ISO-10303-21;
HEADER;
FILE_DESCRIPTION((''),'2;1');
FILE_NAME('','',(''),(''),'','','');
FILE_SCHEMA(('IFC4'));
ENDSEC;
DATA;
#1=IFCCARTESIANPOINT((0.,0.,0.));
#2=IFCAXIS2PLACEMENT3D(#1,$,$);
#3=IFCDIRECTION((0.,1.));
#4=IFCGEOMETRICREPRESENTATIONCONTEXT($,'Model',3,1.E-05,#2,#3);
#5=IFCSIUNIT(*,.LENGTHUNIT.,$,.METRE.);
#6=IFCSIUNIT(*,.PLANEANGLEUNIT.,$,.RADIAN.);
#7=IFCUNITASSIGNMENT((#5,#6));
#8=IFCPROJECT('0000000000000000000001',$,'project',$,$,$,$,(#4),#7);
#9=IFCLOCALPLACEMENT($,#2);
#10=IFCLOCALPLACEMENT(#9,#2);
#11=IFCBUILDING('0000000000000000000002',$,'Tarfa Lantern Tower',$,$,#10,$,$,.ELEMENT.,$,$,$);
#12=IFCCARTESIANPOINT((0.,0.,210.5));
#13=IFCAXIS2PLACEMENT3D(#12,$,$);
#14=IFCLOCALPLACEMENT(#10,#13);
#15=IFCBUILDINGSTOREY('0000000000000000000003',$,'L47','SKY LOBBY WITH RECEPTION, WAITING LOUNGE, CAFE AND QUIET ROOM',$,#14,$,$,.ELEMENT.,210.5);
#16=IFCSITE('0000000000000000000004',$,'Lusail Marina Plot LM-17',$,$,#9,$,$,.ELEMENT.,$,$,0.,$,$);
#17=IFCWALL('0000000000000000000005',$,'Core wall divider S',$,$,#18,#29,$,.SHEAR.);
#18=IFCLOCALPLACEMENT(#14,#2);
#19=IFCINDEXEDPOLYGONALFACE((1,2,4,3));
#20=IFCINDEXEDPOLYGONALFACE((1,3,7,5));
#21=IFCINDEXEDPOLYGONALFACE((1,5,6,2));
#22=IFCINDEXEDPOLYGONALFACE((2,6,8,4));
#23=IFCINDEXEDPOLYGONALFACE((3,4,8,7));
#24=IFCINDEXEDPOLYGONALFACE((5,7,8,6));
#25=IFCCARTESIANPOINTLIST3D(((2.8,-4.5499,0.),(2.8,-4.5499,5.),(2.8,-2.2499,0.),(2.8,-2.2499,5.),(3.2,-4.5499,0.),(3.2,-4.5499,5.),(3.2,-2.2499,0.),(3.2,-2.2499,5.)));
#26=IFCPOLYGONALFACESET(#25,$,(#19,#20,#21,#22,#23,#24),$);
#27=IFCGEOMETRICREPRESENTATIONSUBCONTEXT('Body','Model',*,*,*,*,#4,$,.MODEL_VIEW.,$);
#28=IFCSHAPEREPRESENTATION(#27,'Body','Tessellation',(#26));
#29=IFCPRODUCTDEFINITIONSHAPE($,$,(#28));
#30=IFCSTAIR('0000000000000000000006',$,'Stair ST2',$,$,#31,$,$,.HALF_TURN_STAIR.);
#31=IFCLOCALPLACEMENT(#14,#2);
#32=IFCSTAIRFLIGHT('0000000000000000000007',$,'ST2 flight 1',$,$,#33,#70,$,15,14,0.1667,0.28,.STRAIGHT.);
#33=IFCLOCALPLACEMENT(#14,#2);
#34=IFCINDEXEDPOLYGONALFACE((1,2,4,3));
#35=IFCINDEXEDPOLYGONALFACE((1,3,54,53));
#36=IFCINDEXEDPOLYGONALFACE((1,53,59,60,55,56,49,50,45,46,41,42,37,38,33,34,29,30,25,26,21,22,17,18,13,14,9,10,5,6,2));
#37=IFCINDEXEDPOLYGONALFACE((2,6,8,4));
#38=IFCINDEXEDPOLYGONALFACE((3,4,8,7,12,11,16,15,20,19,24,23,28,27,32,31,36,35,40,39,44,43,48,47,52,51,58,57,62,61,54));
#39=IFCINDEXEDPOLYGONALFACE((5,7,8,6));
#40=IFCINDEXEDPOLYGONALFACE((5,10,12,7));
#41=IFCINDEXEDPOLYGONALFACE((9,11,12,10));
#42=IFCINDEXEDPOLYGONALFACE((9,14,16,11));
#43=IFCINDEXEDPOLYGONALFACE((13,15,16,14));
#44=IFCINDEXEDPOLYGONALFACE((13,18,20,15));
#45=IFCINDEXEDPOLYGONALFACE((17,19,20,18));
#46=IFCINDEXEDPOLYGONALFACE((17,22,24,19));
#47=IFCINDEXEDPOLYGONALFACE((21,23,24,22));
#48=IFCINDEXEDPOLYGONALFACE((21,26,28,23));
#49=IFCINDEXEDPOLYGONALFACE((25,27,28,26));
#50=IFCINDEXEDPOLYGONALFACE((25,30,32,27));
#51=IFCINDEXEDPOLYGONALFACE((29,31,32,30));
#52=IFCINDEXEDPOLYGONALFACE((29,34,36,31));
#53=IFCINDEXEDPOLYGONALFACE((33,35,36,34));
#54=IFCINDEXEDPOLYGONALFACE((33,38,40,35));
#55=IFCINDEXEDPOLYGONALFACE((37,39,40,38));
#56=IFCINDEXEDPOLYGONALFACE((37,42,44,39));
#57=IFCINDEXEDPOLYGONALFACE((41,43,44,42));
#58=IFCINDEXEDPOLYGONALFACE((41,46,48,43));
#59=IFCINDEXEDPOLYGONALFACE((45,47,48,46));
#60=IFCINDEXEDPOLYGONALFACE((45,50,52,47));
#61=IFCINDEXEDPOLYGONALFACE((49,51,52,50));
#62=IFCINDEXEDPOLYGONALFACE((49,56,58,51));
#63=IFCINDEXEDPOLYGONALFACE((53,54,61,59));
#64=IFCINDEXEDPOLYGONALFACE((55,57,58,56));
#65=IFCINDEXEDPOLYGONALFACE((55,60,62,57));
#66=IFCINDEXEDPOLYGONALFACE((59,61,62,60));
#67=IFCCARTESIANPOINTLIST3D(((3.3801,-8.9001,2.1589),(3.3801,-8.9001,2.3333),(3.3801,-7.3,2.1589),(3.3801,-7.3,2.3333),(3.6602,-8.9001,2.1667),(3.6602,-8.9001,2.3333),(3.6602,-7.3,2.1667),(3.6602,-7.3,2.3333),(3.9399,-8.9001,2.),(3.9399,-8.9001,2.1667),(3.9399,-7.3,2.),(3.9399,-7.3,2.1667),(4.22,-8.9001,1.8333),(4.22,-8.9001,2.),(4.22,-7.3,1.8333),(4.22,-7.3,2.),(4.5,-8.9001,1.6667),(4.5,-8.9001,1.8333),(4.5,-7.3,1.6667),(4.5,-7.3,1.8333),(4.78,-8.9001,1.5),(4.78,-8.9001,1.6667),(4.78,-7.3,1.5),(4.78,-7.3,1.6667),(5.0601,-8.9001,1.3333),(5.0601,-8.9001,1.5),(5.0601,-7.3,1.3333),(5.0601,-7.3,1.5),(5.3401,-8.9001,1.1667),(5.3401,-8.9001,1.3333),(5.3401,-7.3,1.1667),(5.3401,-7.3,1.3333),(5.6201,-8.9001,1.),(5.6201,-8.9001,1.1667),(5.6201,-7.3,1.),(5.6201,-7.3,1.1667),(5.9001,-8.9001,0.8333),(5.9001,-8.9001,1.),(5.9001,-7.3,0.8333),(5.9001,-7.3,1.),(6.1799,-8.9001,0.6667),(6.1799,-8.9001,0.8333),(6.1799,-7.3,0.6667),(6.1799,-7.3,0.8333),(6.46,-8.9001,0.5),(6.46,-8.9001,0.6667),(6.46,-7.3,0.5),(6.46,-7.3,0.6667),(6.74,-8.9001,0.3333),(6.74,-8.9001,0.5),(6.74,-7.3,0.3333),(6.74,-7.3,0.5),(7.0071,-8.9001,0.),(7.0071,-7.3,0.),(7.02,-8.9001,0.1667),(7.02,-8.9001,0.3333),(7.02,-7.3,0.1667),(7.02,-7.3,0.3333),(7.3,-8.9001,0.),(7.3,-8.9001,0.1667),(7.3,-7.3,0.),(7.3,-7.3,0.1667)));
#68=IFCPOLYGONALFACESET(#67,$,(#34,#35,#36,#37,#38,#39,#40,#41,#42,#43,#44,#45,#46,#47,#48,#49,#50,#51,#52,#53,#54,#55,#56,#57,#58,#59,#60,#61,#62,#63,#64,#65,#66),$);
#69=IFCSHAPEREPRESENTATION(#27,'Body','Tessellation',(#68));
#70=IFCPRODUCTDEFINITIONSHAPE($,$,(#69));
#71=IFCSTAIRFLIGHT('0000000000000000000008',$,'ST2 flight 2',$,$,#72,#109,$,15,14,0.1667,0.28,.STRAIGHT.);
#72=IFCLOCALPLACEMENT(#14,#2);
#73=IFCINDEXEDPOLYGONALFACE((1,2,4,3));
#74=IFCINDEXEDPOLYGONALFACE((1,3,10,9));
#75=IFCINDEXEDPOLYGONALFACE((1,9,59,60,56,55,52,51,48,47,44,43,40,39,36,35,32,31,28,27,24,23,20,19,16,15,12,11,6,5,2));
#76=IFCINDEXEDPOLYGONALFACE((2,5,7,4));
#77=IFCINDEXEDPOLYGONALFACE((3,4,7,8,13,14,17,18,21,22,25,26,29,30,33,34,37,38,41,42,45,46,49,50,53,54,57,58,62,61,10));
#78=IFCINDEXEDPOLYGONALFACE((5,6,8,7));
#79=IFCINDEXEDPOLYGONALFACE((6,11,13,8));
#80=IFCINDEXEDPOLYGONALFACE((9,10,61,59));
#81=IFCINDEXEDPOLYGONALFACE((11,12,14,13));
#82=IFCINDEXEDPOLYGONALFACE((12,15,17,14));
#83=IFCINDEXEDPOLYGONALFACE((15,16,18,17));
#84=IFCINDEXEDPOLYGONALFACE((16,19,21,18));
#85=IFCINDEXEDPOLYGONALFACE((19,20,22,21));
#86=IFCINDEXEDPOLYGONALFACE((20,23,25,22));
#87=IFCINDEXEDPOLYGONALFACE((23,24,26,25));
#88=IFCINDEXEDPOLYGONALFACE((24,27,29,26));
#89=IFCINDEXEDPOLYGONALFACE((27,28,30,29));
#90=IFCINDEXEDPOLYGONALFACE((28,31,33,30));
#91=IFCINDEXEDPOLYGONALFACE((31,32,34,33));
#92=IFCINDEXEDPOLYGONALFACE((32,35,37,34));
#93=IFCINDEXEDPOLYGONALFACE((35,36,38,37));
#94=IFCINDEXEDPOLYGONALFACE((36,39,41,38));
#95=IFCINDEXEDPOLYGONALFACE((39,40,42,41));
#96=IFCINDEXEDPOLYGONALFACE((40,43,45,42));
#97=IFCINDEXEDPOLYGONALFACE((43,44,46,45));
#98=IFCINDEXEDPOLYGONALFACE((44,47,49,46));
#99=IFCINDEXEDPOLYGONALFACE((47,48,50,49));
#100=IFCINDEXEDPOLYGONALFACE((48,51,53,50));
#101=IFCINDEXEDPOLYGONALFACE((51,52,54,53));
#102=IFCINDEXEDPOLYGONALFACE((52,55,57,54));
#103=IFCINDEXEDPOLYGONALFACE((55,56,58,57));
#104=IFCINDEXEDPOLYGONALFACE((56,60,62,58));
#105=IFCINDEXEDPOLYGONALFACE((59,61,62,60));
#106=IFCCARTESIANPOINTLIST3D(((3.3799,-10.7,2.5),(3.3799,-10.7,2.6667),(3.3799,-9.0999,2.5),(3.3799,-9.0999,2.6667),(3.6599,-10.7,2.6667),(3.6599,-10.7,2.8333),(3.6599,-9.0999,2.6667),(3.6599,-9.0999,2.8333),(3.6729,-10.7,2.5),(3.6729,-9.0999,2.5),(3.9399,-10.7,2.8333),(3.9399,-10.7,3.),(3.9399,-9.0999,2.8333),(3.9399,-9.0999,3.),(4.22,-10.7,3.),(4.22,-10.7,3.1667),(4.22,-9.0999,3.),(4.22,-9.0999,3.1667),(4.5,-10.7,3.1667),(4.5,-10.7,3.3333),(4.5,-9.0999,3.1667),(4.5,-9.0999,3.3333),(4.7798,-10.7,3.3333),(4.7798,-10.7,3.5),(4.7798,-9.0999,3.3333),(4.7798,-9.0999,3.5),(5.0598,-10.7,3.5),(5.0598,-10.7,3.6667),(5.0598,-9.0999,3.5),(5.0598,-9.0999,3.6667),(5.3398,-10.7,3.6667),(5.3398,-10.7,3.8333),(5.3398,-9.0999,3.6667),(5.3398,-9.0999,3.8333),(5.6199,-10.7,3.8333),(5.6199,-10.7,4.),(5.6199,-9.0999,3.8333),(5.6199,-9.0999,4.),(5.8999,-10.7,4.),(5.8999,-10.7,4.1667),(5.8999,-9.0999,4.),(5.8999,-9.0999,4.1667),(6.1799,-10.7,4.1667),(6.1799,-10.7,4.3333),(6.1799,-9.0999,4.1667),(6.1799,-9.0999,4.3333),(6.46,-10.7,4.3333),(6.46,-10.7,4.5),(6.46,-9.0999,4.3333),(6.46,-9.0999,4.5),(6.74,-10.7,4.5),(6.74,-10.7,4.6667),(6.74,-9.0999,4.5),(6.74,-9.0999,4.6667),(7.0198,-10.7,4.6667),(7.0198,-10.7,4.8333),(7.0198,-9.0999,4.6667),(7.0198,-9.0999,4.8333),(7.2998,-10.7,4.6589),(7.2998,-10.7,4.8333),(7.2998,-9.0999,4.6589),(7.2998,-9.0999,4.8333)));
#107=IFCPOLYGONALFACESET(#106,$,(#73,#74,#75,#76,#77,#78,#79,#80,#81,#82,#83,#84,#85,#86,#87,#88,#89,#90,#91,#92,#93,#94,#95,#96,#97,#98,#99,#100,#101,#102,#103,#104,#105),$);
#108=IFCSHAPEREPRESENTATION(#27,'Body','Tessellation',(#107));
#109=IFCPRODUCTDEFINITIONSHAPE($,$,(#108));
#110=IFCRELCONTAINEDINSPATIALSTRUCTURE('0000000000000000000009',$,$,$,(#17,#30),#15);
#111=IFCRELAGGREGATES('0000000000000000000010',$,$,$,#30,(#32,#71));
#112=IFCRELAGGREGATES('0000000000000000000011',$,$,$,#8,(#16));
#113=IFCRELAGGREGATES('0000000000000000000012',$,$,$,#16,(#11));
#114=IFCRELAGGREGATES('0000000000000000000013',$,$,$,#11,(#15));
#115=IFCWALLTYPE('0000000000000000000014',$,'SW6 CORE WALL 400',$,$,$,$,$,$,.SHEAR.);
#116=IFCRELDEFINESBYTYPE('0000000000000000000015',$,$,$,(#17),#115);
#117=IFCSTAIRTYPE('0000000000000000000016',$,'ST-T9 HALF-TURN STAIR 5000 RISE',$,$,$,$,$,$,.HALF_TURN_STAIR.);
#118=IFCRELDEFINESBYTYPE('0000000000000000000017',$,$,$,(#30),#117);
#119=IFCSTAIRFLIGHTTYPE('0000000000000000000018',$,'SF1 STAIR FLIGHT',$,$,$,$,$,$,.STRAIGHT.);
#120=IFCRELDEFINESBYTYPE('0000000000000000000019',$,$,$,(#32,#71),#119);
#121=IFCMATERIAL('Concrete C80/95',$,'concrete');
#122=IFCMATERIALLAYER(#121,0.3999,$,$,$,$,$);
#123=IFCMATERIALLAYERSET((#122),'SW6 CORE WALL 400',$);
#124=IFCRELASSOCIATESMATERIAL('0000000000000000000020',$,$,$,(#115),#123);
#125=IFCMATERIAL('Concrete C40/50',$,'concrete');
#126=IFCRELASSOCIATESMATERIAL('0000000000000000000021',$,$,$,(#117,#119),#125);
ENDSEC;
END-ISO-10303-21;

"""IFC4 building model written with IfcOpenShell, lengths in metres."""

from ifc_helpers import new_model, si_unit, direction, frame, frame_2d, origin, place, context, subcontext, project, spatial, polyline, rectangle, outline, extrude, material, layer, layer_set, type_object, element, aggregate, save


model = new_model("IFC4")

# Units and contexts
model_context = context("Model", 3, precision=1e-05, world=origin(), true_north=direction((0.0, 1.0)))
body_context = subcontext(model_context, "Body", "Model", "MODEL_VIEW")
ifc_project = project(units=[si_unit("LENGTHUNIT", "METRE"), si_unit("PLANEANGLEUNIT", "RADIAN")], contexts=[model_context])

# Site, building, storey
site_placement = place(None, origin())
site = spatial("IfcSite", under=ifc_project, at=site_placement, Name="Lusail Marina Plot LM-17", CompositionType="ELEMENT", RefElevation=0.0)
building_placement = place(site_placement, origin())
building = spatial("IfcBuilding", under=site, at=building_placement, Name="Tarfa Lantern Tower", CompositionType="ELEMENT")
storey_placement = place(building_placement, frame((0.0, 0.0, 210.5)))
storey = spatial("IfcBuildingStorey", under=building, at=storey_placement, Name="L47", Description="SKY LOBBY WITH RECEPTION, WAITING LOUNGE, CAFE AND QUIET ROOM", CompositionType="ELEMENT", Elevation=210.5)

# Shared definitions
ifc_material_1 = material(Name="Concrete C80/95", Category="concrete")

# Wall
ifc_layer_1 = layer(ifc_material_1, 0.3999)
ifc_layer_set_1 = layer_set([ifc_layer_1], Name="SW6 CORE WALL 400")
wall_type_1 = type_object("IfcWallType", Name="SW6 CORE WALL 400", PredefinedType="SHEAR", material=ifc_layer_set_1)
for number, where, z_axis, x_axis, name in (
    (1, (3.0, -2.25, 0.0), (0.0, 0.0, 1.0), (0.0, -1.0, 0.0), "Core wall divider S"),
):
    element("IfcWall", number, at=place(storey_placement, frame(where, z_axis=z_axis, x_axis=x_axis)), inside=storey, type_object=wall_type_1, Name=name, PredefinedType="SHEAR", context=body_context, shape_type="SweptSolid", body=[
        extrude(rectangle(XDim=2.3, YDim=0.3999, at=frame_2d((1.1499, 0.0))), origin(), (0.0, 0.0, 1.0), 5.0),
    ])

# Stair, stair flights
ifc_material_2 = material(Name="Concrete C40/50", Category="concrete")
stair_type = type_object("IfcStairType", Name="ST-T9 HALF-TURN STAIR 5000 RISE", PredefinedType="HALF_TURN_STAIR", material=ifc_material_2)
stair_placement = place(storey_placement, origin())
stair = element("IfcStair", 2, at=stair_placement, inside=storey, type_object=stair_type, Name="Stair ST2", PredefinedType="HALF_TURN_STAIR")
stair_flight_type = type_object("IfcStairFlightType", Name="SF1 STAIR FLIGHT", PredefinedType="STRAIGHT", material=ifc_material_2)
stair_flight_1_placement = place(storey_placement, frame((7.3, -8.1001, 0.0), z_axis=(0.0, 0.0, 1.0), x_axis=(-1.0, 0.0, 0.0)))
stair_flight_1 = element("IfcStairFlight", 3, at=stair_flight_1_placement, type_object=stair_flight_type, Name="ST2 flight 1", NumberOfRisers=15, NumberOfTreads=14, PredefinedType="STRAIGHT", RiserHeight=0.1667, TreadLength=0.28, context=body_context, shape_type="SweptSolid", body=[
    extrude(outline(polyline([(0.0, 0.0), (0.0, 0.1667), (0.28, 0.1667), (0.28, 0.3333), (0.5601, 0.3333), (0.5601, 0.5), (0.8401, 0.5), (0.8401, 0.6667), (1.1201, 0.6667), (1.1201, 0.8333), (1.3999, 0.8333), (1.3999, 1.0), (1.6799, 1.0), (1.6799, 1.1667), (1.96, 1.1667), (1.96, 1.3333), (2.24, 1.3333), (2.24, 1.5), (2.52, 1.5), (2.52, 1.6667), (2.8, 1.6667), (2.8, 1.8333), (3.0801, 1.8333), (3.0801, 2.0), (3.3601, 2.0), (3.3601, 2.1667), (3.6399, 2.1667), (3.6399, 2.3333), (3.9199, 2.3333), (3.9199, 2.5), (3.9199, 2.1589), (0.293, 0.0), (0.0, 0.0)])), frame((0.0, 0.8, 0.0), z_axis=(0.0, -1.0, 0.0), x_axis=(1.0, 0.0, 0.0)), (0.0, 0.0, 1.0), 1.6001),
])
stair_flight_2_placement = place(storey_placement, frame((3.3799, -9.8999, 2.5), z_axis=(0.0, 0.0, 1.0), x_axis=(1.0, 0.0, 0.0)))
stair_flight_2 = element("IfcStairFlight", 4, at=stair_flight_2_placement, type_object=stair_flight_type, Name="ST2 flight 2", NumberOfRisers=15, NumberOfTreads=14, PredefinedType="STRAIGHT", RiserHeight=0.1667, TreadLength=0.28, context=body_context, shape_type="SweptSolid", body=[
    extrude(outline(polyline([(0.0, 0.0), (0.0, 0.1667), (0.28, 0.1667), (0.28, 0.3333), (0.5601, 0.3333), (0.5601, 0.5), (0.8401, 0.5), (0.8401, 0.6667), (1.1201, 0.6667), (1.1201, 0.8333), (1.3999, 0.8333), (1.3999, 1.0), (1.6799, 1.0), (1.6799, 1.1667), (1.96, 1.1667), (1.96, 1.3333), (2.24, 1.3333), (2.24, 1.5), (2.52, 1.5), (2.52, 1.6667), (2.8, 1.6667), (2.8, 1.8333), (3.0801, 1.8333), (3.0801, 2.0), (3.3601, 2.0), (3.3601, 2.1667), (3.6399, 2.1667), (3.6399, 2.3333), (3.9199, 2.3333), (3.9199, 2.5), (3.9199, 2.1589), (0.293, 0.0), (0.0, 0.0)])), frame((0.0, 0.8, 0.0), z_axis=(0.0, -1.0, 0.0), x_axis=(1.0, 0.0, 0.0)), (0.0, 0.0, 1.0), 1.6001),
])
aggregate(stair, [stair_flight_1, stair_flight_2])

save(model, "model.ifc")
